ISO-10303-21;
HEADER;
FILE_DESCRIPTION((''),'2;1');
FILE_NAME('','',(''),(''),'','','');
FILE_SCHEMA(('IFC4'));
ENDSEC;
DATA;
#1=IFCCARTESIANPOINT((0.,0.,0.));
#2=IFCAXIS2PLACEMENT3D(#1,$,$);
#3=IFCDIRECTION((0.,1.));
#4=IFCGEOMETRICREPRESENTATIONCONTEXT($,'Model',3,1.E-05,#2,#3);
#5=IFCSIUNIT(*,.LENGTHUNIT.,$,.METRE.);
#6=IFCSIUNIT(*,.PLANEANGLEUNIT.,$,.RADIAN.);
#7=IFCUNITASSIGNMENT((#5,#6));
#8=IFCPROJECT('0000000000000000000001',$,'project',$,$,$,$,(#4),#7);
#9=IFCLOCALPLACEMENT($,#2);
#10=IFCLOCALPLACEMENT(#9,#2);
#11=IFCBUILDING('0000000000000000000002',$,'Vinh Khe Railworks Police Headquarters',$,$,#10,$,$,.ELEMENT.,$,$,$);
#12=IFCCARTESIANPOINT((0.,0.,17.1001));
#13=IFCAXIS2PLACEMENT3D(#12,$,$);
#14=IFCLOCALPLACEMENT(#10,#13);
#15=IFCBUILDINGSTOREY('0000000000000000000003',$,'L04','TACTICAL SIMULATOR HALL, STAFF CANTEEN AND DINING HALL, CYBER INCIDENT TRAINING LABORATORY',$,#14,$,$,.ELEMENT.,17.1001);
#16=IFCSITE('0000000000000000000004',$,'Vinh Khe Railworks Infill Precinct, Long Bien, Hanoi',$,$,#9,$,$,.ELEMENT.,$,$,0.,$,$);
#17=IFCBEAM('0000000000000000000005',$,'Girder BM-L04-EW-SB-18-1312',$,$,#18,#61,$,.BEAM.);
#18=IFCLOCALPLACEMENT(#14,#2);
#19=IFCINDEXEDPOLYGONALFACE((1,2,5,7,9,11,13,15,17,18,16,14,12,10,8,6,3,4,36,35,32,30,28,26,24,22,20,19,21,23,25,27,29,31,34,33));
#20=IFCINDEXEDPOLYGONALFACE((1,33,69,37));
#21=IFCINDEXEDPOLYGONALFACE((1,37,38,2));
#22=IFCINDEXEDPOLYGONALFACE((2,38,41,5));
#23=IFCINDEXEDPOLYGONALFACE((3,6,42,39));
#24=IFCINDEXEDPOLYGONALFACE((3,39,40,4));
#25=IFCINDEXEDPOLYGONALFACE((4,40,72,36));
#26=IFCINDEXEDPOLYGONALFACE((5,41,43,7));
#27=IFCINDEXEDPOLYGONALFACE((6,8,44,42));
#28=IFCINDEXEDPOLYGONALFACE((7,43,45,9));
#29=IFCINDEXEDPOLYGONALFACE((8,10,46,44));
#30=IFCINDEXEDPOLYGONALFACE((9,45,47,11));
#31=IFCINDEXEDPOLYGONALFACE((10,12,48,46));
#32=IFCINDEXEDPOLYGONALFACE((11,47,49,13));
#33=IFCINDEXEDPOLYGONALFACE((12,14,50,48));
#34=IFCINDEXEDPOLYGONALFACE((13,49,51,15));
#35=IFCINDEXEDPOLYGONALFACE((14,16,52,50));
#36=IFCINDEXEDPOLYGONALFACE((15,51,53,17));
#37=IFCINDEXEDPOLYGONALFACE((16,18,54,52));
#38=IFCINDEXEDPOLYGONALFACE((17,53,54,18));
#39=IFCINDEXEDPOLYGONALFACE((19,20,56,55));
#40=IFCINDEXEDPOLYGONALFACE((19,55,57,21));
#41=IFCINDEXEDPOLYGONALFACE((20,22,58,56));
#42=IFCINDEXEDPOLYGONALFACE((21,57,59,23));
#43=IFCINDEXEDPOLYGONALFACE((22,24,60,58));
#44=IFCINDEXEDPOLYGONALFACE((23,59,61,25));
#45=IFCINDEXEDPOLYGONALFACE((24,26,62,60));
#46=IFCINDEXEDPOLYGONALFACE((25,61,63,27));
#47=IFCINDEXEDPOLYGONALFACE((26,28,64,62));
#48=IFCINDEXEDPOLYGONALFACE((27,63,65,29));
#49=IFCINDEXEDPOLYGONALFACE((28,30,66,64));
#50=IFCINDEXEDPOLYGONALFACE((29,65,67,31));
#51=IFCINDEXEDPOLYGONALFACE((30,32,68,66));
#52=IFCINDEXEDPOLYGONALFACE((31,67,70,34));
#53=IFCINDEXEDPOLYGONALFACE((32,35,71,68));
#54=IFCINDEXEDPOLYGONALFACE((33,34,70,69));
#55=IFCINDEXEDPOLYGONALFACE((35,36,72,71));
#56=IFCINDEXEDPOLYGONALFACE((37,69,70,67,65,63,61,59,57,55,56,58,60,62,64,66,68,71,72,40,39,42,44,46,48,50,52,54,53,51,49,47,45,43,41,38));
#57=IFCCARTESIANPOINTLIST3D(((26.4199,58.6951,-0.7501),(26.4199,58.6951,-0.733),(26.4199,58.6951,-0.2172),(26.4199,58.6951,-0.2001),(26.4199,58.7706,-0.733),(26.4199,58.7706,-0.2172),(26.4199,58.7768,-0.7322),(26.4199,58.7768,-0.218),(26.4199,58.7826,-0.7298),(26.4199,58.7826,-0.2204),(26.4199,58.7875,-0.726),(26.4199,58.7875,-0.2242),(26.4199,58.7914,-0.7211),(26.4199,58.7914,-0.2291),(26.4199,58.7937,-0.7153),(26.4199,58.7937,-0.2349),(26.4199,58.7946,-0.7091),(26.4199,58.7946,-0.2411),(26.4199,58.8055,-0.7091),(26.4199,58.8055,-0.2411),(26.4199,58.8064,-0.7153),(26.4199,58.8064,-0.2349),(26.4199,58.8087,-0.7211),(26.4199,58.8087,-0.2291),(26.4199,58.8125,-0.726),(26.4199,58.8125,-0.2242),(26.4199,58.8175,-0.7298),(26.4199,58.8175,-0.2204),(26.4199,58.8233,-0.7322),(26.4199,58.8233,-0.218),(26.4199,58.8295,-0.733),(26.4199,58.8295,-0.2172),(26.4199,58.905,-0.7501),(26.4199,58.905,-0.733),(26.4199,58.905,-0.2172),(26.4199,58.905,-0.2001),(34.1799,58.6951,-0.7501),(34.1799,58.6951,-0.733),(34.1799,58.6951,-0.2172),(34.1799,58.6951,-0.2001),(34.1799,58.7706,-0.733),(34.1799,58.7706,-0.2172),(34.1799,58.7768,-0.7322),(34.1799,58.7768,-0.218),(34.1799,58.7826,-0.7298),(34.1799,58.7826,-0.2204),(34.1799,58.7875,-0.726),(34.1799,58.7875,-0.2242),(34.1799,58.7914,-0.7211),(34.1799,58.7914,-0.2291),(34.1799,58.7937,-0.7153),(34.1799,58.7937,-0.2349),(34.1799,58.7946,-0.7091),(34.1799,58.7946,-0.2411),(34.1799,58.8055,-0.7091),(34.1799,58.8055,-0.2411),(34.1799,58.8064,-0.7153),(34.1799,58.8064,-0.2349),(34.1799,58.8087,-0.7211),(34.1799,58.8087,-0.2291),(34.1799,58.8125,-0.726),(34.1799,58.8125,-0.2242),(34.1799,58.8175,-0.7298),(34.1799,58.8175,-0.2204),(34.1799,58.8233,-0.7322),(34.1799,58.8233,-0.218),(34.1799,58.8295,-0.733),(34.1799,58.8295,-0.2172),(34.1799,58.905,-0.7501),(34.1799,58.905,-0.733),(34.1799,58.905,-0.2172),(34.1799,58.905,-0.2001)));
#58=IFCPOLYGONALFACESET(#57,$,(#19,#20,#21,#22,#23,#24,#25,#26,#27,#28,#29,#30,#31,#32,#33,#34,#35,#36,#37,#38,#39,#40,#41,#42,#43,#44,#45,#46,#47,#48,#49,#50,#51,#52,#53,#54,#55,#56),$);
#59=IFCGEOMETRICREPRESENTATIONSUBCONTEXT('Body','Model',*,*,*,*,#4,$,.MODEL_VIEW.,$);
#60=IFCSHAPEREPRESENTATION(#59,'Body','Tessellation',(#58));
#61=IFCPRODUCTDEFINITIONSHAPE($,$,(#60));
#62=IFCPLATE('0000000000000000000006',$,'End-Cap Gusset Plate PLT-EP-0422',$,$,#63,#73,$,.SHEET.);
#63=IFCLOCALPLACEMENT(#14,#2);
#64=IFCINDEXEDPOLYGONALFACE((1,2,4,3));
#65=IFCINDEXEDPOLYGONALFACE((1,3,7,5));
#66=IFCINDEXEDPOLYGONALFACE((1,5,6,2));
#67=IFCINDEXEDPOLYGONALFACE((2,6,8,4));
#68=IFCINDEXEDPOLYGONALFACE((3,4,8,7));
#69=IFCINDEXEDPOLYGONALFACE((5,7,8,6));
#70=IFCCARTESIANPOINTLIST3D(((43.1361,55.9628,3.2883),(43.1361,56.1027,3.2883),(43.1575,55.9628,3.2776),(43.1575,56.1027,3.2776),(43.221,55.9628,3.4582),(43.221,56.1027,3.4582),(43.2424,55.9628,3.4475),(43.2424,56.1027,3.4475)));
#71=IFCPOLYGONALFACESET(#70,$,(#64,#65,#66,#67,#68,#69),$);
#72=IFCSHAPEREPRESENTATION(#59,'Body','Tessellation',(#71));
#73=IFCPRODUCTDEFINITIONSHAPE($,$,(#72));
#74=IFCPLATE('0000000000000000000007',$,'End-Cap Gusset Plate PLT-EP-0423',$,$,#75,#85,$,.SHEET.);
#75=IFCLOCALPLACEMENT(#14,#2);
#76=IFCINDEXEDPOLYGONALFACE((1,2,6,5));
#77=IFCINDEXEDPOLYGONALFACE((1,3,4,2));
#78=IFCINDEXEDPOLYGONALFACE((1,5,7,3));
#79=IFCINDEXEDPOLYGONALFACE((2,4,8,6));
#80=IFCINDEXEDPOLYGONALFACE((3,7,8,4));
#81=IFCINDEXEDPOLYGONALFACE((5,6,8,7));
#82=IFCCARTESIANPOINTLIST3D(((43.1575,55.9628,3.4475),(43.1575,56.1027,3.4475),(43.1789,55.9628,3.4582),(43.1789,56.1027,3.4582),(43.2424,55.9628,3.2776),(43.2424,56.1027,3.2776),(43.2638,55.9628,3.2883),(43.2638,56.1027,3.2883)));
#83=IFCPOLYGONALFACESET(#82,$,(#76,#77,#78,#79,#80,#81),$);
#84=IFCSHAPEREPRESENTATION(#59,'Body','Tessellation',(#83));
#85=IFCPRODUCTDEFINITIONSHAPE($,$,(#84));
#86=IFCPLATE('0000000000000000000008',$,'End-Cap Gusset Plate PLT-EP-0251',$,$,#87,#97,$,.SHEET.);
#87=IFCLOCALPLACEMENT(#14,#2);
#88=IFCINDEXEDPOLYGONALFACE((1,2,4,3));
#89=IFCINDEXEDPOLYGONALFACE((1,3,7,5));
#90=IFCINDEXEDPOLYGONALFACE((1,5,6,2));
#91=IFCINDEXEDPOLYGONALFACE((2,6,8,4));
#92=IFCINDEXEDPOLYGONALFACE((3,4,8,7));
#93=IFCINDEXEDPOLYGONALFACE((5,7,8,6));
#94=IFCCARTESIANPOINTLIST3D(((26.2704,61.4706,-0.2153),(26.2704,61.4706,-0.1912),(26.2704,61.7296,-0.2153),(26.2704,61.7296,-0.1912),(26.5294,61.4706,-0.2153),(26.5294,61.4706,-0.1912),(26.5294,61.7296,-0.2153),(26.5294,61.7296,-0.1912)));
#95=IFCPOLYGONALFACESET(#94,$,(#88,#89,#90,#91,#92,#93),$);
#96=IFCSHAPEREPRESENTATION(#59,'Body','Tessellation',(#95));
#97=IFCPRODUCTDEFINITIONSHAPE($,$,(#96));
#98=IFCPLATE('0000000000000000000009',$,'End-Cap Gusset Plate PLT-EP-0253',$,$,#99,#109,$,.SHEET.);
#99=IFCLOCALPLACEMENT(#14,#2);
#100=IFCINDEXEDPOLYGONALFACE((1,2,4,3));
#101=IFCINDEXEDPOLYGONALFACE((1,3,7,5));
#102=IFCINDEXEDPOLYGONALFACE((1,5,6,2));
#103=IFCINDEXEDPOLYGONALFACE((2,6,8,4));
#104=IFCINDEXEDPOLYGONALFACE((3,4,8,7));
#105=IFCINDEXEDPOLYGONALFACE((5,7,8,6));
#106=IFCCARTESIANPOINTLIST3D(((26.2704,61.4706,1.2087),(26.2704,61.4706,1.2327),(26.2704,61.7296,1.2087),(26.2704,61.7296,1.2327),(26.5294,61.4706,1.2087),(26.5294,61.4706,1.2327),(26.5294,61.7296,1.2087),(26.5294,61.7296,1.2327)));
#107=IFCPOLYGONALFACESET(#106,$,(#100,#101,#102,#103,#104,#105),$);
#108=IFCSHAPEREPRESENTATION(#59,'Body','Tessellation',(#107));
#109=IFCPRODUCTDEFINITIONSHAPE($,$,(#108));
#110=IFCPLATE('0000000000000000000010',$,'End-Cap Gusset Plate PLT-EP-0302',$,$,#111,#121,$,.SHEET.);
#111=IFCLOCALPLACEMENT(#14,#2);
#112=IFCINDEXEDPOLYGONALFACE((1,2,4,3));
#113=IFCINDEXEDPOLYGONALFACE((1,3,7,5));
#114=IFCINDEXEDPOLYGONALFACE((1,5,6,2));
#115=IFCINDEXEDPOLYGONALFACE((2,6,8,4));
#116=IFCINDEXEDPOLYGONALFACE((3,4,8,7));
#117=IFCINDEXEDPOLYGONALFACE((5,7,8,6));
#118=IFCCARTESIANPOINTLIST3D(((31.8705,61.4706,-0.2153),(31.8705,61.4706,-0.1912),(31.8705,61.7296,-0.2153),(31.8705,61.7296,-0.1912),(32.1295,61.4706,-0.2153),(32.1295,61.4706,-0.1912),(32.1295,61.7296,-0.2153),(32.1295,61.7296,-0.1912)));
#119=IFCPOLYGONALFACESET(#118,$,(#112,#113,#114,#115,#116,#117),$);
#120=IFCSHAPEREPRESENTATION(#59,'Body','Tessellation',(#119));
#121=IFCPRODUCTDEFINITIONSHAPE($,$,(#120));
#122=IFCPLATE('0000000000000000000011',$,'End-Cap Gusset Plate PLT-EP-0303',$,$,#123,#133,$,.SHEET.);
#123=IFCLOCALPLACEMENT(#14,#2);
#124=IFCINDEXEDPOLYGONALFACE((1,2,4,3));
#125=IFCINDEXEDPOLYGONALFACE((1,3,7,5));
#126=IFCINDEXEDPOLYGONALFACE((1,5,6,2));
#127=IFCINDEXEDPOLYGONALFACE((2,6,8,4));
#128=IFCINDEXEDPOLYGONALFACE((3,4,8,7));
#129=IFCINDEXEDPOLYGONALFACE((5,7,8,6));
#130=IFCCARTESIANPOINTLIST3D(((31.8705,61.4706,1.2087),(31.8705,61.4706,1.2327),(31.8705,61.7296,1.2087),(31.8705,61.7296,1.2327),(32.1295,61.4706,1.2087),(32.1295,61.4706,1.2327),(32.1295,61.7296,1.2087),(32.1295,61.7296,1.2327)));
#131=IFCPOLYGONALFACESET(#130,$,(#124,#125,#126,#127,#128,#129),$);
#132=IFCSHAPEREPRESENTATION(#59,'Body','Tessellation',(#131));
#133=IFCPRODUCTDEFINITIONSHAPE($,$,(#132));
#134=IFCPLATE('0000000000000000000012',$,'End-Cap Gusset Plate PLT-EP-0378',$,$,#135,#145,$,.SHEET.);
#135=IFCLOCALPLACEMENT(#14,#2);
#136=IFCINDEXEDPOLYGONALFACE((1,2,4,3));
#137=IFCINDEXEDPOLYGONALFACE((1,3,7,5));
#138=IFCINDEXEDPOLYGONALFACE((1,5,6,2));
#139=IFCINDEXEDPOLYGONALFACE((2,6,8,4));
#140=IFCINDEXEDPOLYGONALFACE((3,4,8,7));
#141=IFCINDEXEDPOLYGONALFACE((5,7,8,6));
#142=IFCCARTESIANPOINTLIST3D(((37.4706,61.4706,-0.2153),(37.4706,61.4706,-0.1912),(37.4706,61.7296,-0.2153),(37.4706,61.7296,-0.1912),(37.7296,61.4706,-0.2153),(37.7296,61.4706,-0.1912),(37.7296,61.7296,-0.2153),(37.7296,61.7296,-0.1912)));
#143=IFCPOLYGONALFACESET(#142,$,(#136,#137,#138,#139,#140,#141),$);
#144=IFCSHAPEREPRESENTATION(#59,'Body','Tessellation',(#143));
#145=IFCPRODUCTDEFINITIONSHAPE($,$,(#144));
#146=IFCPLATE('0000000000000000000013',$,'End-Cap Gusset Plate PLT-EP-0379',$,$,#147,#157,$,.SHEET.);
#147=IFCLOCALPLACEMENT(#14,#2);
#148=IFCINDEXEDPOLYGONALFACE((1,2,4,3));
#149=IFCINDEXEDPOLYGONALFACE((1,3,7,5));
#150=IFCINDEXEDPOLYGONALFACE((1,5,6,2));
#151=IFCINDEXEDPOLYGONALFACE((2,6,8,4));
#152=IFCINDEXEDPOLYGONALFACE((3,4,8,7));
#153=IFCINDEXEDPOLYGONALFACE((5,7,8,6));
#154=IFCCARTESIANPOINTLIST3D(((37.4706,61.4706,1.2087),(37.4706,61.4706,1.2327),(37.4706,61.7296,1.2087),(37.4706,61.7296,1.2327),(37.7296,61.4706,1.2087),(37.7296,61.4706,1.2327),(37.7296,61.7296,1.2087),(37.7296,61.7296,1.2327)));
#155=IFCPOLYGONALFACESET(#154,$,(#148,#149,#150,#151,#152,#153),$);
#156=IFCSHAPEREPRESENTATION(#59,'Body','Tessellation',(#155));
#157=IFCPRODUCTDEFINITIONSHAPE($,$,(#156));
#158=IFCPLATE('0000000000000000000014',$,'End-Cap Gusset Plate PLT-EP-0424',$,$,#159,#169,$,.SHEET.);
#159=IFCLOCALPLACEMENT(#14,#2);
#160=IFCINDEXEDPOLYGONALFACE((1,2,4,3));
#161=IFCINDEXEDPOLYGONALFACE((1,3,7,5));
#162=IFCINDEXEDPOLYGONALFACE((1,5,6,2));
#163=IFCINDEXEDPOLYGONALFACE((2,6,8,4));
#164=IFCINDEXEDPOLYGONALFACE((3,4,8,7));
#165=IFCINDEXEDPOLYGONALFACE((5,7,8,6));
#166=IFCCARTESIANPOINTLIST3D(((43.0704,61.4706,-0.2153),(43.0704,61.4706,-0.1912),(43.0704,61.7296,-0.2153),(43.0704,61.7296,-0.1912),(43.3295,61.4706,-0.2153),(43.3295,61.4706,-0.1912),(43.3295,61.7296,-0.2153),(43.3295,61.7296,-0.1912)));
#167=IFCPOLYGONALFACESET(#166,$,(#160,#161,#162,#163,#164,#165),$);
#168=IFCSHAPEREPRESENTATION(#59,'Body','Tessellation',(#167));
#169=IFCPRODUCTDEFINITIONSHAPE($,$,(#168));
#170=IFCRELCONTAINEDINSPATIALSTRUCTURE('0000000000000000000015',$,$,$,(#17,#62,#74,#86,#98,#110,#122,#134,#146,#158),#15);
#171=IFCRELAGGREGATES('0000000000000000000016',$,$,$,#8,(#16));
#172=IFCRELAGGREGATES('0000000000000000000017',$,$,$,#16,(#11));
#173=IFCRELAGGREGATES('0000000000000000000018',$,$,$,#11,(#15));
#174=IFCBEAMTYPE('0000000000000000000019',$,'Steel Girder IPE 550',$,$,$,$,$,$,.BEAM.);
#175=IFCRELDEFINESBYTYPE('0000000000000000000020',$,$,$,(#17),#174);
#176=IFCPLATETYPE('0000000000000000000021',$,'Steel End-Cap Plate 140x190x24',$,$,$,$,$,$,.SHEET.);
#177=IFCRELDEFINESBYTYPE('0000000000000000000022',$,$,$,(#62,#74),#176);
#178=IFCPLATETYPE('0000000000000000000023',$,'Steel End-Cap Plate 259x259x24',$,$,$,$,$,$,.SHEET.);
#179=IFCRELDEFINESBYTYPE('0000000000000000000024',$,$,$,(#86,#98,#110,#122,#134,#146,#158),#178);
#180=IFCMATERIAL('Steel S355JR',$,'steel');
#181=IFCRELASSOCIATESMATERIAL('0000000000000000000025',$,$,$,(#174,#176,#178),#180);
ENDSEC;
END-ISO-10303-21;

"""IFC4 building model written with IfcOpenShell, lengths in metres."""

from ifc_helpers import new_model, si_unit, direction, frame, origin, origin_2d, place, context, subcontext, project, spatial, rectangle, i_section, extrude, material, material_profile, profile_set, type_object, element, save


model = new_model("IFC4")

# Units and contexts
model_context = context("Model", 3, precision=1e-05, world=origin(), true_north=direction((0.0, 1.0)))
body_context = subcontext(model_context, "Body", "Model", "MODEL_VIEW")
ifc_project = project(units=[si_unit("LENGTHUNIT", "METRE"), si_unit("PLANEANGLEUNIT", "RADIAN")], contexts=[model_context])

# Site, building, storey
site_placement = place(None, origin())
site = spatial("IfcSite", under=ifc_project, at=site_placement, Name="Vinh Khe Railworks Infill Precinct, Long Bien, Hanoi", CompositionType="ELEMENT", RefElevation=0.0)
building_placement = place(site_placement, origin())
building = spatial("IfcBuilding", under=site, at=building_placement, Name="Vinh Khe Railworks Police Headquarters", CompositionType="ELEMENT")
storey_placement = place(building_placement, frame((0.0, 0.0, 17.1001)))
storey = spatial("IfcBuildingStorey", under=building, at=storey_placement, Name="L04", Description="TACTICAL SIMULATOR HALL, STAFF CANTEEN AND DINING HALL, CYBER INCIDENT TRAINING LABORATORY", CompositionType="ELEMENT", Elevation=17.1001)

# Shared definitions
ifc_material_1 = material(Name="Steel S355JR", Category="steel")

# Beam
ifc_material_profile_1 = material_profile(ifc_material_1, i_section(OverallWidth=0.21, OverallDepth=0.55, WebThickness=0.011, FlangeThickness=0.0171, FilletRadius=0.0239, at=origin_2d()), Name="IPE 550")
ifc_profile_set_1 = profile_set([ifc_material_profile_1], Name="Steel S355JR")
beam_type_1 = type_object("IfcBeamType", Name="Steel Girder IPE 550", PredefinedType="BEAM", material=ifc_profile_set_1)
beam_1_placement = place(storey_placement, frame((26.4199, 58.8, -0.4751), z_axis=(1.0, 0.0, 0.0), x_axis=(0.0, 1.0, 0.0)))
element("IfcBeam", 1, at=beam_1_placement, inside=storey, type_object=beam_type_1, Name="Girder BM-L04-EW-SB-18-1312", PredefinedType="BEAM", context=body_context, shape_type="SweptSolid", body=[
    extrude(i_section(OverallWidth=0.21, OverallDepth=0.55, WebThickness=0.011, FlangeThickness=0.0171, FilletRadius=0.0239, at=origin_2d()), origin(), (0.0, 0.0, 1.0), 7.76),
])

# Plates
ifc_material_profile_2 = material_profile(ifc_material_1, rectangle(XDim=0.1399, YDim=0.1899, at=origin_2d()), Name="PL 140x190")
ifc_profile_set_2 = profile_set([ifc_material_profile_2], Name="Steel S355JR")
plate_type_1 = type_object("IfcPlateType", Name="Steel End-Cap Plate 140x190x24", PredefinedType="SHEET", material=ifc_profile_set_2)
for number, where, z_axis, x_axis, name in (
    (2, (43.2, 56.0327, 3.3625), (-0.894427, 0.0, 0.447214), (0.0, -1.0, 0.0), "End-Cap Gusset Plate PLT-EP-0422"),
    (3, (43.2, 56.0327, 3.3625), (0.894427, 0.0, 0.447214), (0.0, 1.0, 0.0), "End-Cap Gusset Plate PLT-EP-0423"),
):
    element("IfcPlate", number, at=place(storey_placement, frame(where, z_axis=z_axis, x_axis=x_axis)), inside=storey, type_object=plate_type_1, Name=name, PredefinedType="SHEET", context=body_context, shape_type="SweptSolid", body=[
        extrude(rectangle(XDim=0.1399, YDim=0.1899, at=origin_2d()), origin(), (0.0, 0.0, 1.0), 0.0239),
    ])
ifc_material_profile_3 = material_profile(ifc_material_1, rectangle(XDim=0.259, YDim=0.259, at=origin_2d()), Name="PL 259x259")
ifc_profile_set_3 = profile_set([ifc_material_profile_3], Name="Steel S355JR")
plate_type_2 = type_object("IfcPlateType", Name="Steel End-Cap Plate 259x259x24", PredefinedType="SHEET", material=ifc_profile_set_3)
plate_1_placement = place(storey_placement, frame((26.3999, 61.6001, -0.1912), z_axis=(0.0, 0.0, -1.0), x_axis=(1.0, 0.0, 0.0)))
element("IfcPlate", 4, at=plate_1_placement, inside=storey, type_object=plate_type_2, Name="End-Cap Gusset Plate PLT-EP-0251", PredefinedType="SHEET", context=body_context, shape_type="SweptSolid", body=[
    extrude(rectangle(XDim=0.259, YDim=0.259, at=origin_2d()), origin(), (0.0, 0.0, 1.0), 0.0242),
])
plate_2_placement = place(storey_placement, frame((26.3999, 61.6001, 1.2087), z_axis=(0.0, 0.0, 1.0), x_axis=(1.0, 0.0, 0.0)))
element("IfcPlate", 5, at=plate_2_placement, inside=storey, type_object=plate_type_2, Name="End-Cap Gusset Plate PLT-EP-0253", PredefinedType="SHEET", context=body_context, shape_type="SweptSolid", body=[
    extrude(rectangle(XDim=0.259, YDim=0.259, at=origin_2d()), origin(), (0.0, 0.0, 1.0), 0.0239),
])
plate_3_placement = place(storey_placement, frame((32.0, 61.6001, -0.1912), z_axis=(0.0, 0.0, -1.0), x_axis=(1.0, 0.0, 0.0)))
element("IfcPlate", 6, at=plate_3_placement, inside=storey, type_object=plate_type_2, Name="End-Cap Gusset Plate PLT-EP-0302", PredefinedType="SHEET", context=body_context, shape_type="SweptSolid", body=[
    extrude(rectangle(XDim=0.259, YDim=0.259, at=origin_2d()), origin(), (0.0, 0.0, 1.0), 0.0242),
])
plate_4_placement = place(storey_placement, frame((32.0, 61.6001, 1.2087), z_axis=(0.0, 0.0, 1.0), x_axis=(1.0, 0.0, 0.0)))
element("IfcPlate", 7, at=plate_4_placement, inside=storey, type_object=plate_type_2, Name="End-Cap Gusset Plate PLT-EP-0303", PredefinedType="SHEET", context=body_context, shape_type="SweptSolid", body=[
    extrude(rectangle(XDim=0.259, YDim=0.259, at=origin_2d()), origin(), (0.0, 0.0, 1.0), 0.0239),
])
plate_5_placement = place(storey_placement, frame((37.6001, 61.6001, -0.1912), z_axis=(0.0, 0.0, -1.0), x_axis=(1.0, 0.0, 0.0)))
element("IfcPlate", 8, at=plate_5_placement, inside=storey, type_object=plate_type_2, Name="End-Cap Gusset Plate PLT-EP-0378", PredefinedType="SHEET", context=body_context, shape_type="SweptSolid", body=[
    extrude(rectangle(XDim=0.259, YDim=0.259, at=origin_2d()), origin(), (0.0, 0.0, 1.0), 0.0242),
])
plate_6_placement = place(storey_placement, frame((37.6001, 61.6001, 1.2087), z_axis=(0.0, 0.0, 1.0), x_axis=(1.0, 0.0, 0.0)))
element("IfcPlate", 9, at=plate_6_placement, inside=storey, type_object=plate_type_2, Name="End-Cap Gusset Plate PLT-EP-0379", PredefinedType="SHEET", context=body_context, shape_type="SweptSolid", body=[
    extrude(rectangle(XDim=0.259, YDim=0.259, at=origin_2d()), origin(), (0.0, 0.0, 1.0), 0.0239),
])
plate_7_placement = place(storey_placement, frame((43.2, 61.6001, -0.1912), z_axis=(0.0, 0.0, -1.0), x_axis=(1.0, 0.0, 0.0)))
element("IfcPlate", 10, at=plate_7_placement, inside=storey, type_object=plate_type_2, Name="End-Cap Gusset Plate PLT-EP-0424", PredefinedType="SHEET", context=body_context, shape_type="SweptSolid", body=[
    extrude(rectangle(XDim=0.259, YDim=0.259, at=origin_2d()), origin(), (0.0, 0.0, 1.0), 0.0242),
])

save(model, "model.ifc")
